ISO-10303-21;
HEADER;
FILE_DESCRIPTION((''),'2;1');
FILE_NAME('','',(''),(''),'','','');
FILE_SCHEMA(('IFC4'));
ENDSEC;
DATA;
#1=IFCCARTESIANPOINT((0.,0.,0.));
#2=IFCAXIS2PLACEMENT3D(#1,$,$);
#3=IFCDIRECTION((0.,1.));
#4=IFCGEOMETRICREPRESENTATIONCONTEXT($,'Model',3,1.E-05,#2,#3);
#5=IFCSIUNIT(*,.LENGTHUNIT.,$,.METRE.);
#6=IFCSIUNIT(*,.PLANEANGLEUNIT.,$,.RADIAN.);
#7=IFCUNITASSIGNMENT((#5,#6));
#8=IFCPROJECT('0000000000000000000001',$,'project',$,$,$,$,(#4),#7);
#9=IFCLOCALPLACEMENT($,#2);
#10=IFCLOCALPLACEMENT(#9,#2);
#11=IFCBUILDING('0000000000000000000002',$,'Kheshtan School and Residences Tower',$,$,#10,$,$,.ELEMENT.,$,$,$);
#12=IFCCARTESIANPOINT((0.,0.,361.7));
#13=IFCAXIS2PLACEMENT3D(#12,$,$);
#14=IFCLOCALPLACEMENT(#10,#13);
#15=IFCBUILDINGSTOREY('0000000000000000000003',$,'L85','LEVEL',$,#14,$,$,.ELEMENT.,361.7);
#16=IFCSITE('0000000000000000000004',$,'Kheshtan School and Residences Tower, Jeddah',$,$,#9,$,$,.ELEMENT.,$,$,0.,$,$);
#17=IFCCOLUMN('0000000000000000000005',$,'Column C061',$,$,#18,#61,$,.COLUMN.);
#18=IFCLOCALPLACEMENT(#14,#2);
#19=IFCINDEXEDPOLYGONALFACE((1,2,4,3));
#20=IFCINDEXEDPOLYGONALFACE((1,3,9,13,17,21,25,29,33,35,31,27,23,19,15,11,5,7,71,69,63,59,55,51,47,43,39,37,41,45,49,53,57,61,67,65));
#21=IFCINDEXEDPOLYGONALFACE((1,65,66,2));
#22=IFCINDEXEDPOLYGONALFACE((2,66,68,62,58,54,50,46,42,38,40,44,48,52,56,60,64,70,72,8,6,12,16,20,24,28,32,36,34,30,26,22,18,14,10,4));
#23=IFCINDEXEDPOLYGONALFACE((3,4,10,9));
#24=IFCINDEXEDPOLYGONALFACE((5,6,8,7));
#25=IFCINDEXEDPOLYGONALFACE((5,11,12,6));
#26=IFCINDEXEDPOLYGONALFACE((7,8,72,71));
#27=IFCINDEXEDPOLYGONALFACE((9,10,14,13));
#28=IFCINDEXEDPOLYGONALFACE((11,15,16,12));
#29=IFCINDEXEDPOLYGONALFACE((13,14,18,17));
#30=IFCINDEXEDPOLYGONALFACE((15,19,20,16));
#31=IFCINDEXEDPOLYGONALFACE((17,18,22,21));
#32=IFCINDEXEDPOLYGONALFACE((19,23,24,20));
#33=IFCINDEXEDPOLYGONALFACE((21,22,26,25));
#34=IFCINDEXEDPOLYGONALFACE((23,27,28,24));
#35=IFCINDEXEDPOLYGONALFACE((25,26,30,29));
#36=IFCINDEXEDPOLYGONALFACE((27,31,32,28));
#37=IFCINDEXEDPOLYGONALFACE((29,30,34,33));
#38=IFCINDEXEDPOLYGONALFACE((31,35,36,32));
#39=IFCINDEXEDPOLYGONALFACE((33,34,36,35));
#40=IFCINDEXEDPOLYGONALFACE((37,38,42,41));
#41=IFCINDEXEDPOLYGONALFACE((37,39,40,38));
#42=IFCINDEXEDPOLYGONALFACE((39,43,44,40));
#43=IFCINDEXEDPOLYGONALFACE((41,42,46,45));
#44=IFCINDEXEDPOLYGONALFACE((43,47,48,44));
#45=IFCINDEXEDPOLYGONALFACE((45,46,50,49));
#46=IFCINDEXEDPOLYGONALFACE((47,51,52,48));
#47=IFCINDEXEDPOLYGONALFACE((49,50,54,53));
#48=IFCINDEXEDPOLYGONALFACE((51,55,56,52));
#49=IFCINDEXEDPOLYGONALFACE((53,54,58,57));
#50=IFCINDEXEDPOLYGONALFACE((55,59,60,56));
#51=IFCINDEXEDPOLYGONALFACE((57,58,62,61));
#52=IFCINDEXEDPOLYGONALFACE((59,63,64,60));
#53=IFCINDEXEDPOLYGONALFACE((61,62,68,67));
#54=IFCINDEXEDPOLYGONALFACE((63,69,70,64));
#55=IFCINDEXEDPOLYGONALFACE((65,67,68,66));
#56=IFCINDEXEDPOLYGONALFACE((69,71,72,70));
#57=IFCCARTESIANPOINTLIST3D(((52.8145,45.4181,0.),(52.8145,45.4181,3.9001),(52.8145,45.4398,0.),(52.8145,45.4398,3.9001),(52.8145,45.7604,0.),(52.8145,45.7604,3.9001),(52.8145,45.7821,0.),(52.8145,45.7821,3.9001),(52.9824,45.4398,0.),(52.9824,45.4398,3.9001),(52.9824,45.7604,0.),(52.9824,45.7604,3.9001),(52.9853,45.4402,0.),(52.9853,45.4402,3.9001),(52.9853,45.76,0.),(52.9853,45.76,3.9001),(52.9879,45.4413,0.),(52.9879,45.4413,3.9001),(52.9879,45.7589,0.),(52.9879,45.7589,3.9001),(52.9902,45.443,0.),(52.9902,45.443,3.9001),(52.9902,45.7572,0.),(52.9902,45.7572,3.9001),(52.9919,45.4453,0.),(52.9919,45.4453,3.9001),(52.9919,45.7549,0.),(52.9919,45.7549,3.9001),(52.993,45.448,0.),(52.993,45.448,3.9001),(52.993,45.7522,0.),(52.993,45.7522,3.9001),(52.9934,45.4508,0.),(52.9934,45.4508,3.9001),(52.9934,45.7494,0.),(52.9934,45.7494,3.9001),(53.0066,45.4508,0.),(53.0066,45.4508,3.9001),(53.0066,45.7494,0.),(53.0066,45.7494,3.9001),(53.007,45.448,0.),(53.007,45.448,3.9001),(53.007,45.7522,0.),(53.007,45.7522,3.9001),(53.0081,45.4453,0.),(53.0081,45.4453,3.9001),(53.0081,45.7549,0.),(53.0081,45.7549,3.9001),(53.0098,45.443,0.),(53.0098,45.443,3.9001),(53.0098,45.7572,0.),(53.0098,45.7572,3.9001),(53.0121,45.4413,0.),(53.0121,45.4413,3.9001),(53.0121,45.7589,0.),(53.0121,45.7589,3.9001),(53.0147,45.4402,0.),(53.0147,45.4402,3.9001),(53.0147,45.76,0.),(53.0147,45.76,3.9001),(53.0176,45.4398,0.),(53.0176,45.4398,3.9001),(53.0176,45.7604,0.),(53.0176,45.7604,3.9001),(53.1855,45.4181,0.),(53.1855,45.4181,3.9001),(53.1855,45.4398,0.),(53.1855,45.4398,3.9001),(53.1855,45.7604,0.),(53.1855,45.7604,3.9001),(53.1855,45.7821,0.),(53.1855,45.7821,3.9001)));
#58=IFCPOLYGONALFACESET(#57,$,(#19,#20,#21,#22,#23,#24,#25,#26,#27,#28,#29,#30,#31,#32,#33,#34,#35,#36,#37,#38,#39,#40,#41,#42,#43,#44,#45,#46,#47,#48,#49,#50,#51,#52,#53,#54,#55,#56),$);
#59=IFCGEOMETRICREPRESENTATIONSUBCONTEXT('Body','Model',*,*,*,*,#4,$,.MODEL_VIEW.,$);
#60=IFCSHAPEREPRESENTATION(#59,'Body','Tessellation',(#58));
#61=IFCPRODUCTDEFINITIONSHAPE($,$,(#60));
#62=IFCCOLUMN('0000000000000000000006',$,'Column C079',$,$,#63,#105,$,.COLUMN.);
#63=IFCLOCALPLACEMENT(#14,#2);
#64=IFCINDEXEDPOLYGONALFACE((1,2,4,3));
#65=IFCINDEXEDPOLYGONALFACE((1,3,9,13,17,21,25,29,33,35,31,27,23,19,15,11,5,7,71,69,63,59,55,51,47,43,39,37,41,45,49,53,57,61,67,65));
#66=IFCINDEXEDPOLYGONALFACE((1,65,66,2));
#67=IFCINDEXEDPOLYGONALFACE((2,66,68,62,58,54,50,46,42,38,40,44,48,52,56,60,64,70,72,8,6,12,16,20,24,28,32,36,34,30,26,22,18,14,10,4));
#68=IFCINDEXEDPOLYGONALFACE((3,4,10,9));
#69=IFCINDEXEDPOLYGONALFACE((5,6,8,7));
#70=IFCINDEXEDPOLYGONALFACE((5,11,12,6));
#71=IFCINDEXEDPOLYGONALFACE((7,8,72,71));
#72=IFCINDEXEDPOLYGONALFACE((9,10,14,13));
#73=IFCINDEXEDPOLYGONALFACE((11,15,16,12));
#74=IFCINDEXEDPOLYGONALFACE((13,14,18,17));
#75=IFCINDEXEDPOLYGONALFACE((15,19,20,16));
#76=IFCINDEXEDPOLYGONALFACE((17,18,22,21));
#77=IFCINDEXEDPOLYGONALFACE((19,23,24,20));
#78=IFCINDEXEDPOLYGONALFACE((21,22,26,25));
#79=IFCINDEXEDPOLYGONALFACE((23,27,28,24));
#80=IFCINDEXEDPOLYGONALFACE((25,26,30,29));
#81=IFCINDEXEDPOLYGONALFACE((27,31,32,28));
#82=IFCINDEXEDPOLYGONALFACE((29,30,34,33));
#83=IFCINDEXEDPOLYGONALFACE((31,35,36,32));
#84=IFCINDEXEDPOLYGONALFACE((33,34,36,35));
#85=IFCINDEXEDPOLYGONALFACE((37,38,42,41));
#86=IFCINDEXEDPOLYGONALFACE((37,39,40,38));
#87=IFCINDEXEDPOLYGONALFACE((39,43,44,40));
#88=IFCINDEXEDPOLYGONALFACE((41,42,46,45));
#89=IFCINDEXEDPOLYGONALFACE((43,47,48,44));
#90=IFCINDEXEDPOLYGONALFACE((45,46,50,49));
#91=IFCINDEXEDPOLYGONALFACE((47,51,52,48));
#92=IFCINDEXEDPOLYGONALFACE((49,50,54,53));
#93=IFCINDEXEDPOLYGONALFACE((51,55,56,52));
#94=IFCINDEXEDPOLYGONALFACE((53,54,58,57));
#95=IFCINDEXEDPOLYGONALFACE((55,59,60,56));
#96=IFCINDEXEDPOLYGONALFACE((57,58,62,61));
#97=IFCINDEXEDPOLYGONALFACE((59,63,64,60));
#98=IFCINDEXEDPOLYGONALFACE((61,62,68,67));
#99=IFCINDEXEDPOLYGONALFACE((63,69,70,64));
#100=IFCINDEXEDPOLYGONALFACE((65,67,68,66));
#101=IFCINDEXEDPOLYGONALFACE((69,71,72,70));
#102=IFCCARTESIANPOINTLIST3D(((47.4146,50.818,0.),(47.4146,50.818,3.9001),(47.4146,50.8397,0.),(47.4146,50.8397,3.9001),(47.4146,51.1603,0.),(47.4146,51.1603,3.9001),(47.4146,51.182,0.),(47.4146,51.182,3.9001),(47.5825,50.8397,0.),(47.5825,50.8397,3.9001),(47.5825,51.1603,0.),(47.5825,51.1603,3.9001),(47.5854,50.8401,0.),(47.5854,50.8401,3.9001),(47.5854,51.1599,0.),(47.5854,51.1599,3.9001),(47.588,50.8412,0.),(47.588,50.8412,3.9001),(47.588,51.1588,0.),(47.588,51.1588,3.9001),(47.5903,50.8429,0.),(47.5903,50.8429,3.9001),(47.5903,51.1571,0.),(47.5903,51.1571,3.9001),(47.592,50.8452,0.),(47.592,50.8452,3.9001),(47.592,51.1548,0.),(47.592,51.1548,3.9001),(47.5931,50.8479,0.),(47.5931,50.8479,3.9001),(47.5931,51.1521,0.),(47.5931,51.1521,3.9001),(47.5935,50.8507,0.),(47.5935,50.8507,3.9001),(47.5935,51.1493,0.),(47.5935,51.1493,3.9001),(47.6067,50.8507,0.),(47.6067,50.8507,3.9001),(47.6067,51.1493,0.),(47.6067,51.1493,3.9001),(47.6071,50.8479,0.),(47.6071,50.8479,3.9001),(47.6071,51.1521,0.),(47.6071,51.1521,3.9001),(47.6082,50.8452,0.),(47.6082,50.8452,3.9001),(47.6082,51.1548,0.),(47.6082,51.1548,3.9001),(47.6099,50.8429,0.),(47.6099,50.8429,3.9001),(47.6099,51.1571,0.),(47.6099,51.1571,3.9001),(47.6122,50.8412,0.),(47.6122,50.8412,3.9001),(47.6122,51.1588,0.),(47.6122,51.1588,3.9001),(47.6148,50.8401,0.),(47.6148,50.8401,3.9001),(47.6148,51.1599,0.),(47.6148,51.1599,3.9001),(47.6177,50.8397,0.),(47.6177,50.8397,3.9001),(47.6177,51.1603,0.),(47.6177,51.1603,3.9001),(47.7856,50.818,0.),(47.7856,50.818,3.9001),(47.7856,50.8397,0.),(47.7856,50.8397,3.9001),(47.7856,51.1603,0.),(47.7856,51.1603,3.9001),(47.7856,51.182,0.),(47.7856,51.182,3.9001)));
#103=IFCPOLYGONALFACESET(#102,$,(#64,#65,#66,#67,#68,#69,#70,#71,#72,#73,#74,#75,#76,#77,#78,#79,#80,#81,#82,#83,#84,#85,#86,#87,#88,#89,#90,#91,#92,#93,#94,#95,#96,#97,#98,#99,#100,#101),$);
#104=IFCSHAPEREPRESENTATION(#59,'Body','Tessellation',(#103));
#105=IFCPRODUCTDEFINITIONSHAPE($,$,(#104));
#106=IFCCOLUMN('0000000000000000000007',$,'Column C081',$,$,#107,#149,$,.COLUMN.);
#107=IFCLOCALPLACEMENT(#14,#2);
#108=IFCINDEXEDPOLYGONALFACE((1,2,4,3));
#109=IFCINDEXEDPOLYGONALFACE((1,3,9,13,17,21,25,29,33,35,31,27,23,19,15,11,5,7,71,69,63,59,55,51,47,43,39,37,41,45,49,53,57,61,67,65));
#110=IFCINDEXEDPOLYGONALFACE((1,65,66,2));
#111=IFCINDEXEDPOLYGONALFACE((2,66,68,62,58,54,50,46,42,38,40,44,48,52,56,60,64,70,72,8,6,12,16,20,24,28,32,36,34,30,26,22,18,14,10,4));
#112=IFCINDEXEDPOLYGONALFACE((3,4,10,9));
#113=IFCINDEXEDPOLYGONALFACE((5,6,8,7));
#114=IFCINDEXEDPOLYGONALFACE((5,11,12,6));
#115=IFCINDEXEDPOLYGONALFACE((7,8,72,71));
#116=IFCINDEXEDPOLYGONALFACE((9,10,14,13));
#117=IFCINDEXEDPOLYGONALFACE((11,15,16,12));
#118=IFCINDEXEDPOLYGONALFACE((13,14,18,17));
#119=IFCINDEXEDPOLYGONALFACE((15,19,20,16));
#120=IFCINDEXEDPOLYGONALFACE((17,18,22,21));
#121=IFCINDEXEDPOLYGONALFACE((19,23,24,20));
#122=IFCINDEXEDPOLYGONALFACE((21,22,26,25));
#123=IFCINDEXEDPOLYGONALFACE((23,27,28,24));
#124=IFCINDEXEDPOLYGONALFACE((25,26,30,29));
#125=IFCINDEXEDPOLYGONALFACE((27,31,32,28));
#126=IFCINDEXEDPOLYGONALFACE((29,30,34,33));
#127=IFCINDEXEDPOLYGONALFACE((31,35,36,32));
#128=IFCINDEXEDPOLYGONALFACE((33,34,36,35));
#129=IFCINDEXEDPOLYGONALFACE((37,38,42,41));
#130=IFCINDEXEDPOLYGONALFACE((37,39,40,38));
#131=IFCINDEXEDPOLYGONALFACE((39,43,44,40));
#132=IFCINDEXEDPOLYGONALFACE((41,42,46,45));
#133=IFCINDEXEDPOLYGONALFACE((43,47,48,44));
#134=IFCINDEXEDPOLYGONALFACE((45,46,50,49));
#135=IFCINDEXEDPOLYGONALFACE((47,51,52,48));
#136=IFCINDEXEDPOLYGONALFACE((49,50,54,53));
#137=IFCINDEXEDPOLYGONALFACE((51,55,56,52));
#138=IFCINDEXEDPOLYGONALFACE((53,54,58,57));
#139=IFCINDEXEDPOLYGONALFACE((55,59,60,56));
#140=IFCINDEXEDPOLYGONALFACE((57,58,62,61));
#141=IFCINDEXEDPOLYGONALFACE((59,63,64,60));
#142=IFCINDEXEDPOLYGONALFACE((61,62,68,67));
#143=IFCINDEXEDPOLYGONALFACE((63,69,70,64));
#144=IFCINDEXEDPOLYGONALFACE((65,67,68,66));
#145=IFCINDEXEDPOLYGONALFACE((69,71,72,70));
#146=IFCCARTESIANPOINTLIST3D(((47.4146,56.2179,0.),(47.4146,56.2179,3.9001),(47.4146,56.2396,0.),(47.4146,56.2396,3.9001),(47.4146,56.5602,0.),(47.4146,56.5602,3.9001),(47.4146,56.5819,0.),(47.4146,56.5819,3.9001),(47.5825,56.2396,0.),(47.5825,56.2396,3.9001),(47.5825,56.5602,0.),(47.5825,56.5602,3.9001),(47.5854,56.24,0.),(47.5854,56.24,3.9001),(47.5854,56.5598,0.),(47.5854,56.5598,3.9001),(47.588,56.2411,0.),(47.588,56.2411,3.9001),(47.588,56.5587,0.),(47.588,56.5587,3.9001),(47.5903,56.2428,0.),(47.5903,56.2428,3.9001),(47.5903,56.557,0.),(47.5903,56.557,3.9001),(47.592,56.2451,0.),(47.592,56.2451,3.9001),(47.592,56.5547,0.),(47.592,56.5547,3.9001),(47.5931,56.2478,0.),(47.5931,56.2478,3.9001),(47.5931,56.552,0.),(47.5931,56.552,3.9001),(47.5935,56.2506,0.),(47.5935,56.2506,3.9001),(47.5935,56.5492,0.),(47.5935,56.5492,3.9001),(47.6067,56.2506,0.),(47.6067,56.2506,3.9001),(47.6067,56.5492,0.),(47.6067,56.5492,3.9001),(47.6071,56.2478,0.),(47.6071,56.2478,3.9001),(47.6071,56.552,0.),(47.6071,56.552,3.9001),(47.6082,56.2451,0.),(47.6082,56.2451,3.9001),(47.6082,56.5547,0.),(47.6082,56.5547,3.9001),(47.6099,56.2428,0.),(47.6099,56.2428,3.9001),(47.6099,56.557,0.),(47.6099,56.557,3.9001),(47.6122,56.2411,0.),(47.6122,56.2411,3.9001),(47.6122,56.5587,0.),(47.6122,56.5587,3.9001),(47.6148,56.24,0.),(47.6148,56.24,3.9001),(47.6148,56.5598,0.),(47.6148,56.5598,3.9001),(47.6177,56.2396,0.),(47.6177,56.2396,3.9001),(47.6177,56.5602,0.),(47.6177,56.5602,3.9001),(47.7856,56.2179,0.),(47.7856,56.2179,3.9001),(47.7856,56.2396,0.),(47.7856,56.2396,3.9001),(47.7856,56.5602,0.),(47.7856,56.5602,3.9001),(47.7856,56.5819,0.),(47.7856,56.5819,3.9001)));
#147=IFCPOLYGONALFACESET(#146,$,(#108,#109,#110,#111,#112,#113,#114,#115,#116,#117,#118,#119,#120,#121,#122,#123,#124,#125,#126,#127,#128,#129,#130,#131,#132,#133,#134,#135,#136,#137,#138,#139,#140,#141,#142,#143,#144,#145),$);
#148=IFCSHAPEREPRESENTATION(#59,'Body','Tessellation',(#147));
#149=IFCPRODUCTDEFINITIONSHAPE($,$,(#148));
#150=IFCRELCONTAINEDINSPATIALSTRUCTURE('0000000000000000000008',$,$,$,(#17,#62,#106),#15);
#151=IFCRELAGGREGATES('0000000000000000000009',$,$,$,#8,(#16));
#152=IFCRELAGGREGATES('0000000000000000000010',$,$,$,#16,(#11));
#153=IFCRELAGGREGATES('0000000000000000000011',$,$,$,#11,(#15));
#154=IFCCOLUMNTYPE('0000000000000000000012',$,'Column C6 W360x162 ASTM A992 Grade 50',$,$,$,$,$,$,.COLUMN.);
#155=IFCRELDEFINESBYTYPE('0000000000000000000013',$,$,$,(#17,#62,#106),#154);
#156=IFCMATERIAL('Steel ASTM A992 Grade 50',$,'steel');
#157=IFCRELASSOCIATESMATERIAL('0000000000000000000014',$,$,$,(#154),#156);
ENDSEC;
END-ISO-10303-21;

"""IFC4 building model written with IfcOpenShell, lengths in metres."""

from ifc_helpers import new_model, si_unit, direction, frame, origin, origin_2d, place, context, subcontext, project, spatial, i_section, extrude, material, material_profile, profile_set, type_object, element, save


model = new_model("IFC4")

# Units and contexts
model_context = context("Model", 3, precision=1e-05, world=origin(), true_north=direction((0.0, 1.0)))
body_context = subcontext(model_context, "Body", "Model", "MODEL_VIEW")
ifc_project = project(units=[si_unit("LENGTHUNIT", "METRE"), si_unit("PLANEANGLEUNIT", "RADIAN")], contexts=[model_context])

# Site, building, storey
site_placement = place(None, origin())
site = spatial("IfcSite", under=ifc_project, at=site_placement, Name="Kheshtan School and Residences Tower, Jeddah", CompositionType="ELEMENT", RefElevation=0.0)
building_placement = place(site_placement, origin())
building = spatial("IfcBuilding", under=site, at=building_placement, Name="Kheshtan School and Residences Tower", CompositionType="ELEMENT")
storey_placement = place(building_placement, frame((0.0, 0.0, 361.7)))
storey = spatial("IfcBuildingStorey", under=building, at=storey_placement, Name="L85", Description="LEVEL", CompositionType="ELEMENT", Elevation=361.7)

# Columns
ifc_material_1 = material(Name="Steel ASTM A992 Grade 50", Category="steel")
ifc_material_profile_1 = material_profile(ifc_material_1, i_section(OverallWidth=0.3711, OverallDepth=0.364, WebThickness=0.0132, FlangeThickness=0.0217, FilletRadius=0.011, at=origin_2d()), Name="W360x162")
ifc_profile_set_1 = profile_set([ifc_material_profile_1], Name="Steel ASTM A992 Grade 50")
column_type_1 = type_object("IfcColumnType", Name="Column C6 W360x162 ASTM A992 Grade 50", PredefinedType="COLUMN", material=ifc_profile_set_1)
for number, where, z_axis, x_axis, name in (
    (1, (53.0, 45.6001, 0.0), (0.0, 0.0, 1.0), (1.0, 0.0, 0.0), "Column C061"),
    (2, (47.6001, 51.0, 0.0), (0.0, 0.0, 1.0), (1.0, 0.0, 0.0), "Column C079"),
    (3, (47.6001, 56.3999, 0.0), (0.0, 0.0, 1.0), (1.0, 0.0, 0.0), "Column C081"),
):
    element("IfcColumn", number, at=place(storey_placement, frame(where, z_axis=z_axis, x_axis=x_axis)), inside=storey, type_object=column_type_1, Name=name, PredefinedType="COLUMN", context=body_context, shape_type="SweptSolid", body=[
        extrude(i_section(OverallWidth=0.3711, OverallDepth=0.364, WebThickness=0.0132, FlangeThickness=0.0217, FilletRadius=0.011, at=origin_2d()), origin(), (0.0, 0.0, 1.0), 3.9001),
    ])

save(model, "model.ifc")
